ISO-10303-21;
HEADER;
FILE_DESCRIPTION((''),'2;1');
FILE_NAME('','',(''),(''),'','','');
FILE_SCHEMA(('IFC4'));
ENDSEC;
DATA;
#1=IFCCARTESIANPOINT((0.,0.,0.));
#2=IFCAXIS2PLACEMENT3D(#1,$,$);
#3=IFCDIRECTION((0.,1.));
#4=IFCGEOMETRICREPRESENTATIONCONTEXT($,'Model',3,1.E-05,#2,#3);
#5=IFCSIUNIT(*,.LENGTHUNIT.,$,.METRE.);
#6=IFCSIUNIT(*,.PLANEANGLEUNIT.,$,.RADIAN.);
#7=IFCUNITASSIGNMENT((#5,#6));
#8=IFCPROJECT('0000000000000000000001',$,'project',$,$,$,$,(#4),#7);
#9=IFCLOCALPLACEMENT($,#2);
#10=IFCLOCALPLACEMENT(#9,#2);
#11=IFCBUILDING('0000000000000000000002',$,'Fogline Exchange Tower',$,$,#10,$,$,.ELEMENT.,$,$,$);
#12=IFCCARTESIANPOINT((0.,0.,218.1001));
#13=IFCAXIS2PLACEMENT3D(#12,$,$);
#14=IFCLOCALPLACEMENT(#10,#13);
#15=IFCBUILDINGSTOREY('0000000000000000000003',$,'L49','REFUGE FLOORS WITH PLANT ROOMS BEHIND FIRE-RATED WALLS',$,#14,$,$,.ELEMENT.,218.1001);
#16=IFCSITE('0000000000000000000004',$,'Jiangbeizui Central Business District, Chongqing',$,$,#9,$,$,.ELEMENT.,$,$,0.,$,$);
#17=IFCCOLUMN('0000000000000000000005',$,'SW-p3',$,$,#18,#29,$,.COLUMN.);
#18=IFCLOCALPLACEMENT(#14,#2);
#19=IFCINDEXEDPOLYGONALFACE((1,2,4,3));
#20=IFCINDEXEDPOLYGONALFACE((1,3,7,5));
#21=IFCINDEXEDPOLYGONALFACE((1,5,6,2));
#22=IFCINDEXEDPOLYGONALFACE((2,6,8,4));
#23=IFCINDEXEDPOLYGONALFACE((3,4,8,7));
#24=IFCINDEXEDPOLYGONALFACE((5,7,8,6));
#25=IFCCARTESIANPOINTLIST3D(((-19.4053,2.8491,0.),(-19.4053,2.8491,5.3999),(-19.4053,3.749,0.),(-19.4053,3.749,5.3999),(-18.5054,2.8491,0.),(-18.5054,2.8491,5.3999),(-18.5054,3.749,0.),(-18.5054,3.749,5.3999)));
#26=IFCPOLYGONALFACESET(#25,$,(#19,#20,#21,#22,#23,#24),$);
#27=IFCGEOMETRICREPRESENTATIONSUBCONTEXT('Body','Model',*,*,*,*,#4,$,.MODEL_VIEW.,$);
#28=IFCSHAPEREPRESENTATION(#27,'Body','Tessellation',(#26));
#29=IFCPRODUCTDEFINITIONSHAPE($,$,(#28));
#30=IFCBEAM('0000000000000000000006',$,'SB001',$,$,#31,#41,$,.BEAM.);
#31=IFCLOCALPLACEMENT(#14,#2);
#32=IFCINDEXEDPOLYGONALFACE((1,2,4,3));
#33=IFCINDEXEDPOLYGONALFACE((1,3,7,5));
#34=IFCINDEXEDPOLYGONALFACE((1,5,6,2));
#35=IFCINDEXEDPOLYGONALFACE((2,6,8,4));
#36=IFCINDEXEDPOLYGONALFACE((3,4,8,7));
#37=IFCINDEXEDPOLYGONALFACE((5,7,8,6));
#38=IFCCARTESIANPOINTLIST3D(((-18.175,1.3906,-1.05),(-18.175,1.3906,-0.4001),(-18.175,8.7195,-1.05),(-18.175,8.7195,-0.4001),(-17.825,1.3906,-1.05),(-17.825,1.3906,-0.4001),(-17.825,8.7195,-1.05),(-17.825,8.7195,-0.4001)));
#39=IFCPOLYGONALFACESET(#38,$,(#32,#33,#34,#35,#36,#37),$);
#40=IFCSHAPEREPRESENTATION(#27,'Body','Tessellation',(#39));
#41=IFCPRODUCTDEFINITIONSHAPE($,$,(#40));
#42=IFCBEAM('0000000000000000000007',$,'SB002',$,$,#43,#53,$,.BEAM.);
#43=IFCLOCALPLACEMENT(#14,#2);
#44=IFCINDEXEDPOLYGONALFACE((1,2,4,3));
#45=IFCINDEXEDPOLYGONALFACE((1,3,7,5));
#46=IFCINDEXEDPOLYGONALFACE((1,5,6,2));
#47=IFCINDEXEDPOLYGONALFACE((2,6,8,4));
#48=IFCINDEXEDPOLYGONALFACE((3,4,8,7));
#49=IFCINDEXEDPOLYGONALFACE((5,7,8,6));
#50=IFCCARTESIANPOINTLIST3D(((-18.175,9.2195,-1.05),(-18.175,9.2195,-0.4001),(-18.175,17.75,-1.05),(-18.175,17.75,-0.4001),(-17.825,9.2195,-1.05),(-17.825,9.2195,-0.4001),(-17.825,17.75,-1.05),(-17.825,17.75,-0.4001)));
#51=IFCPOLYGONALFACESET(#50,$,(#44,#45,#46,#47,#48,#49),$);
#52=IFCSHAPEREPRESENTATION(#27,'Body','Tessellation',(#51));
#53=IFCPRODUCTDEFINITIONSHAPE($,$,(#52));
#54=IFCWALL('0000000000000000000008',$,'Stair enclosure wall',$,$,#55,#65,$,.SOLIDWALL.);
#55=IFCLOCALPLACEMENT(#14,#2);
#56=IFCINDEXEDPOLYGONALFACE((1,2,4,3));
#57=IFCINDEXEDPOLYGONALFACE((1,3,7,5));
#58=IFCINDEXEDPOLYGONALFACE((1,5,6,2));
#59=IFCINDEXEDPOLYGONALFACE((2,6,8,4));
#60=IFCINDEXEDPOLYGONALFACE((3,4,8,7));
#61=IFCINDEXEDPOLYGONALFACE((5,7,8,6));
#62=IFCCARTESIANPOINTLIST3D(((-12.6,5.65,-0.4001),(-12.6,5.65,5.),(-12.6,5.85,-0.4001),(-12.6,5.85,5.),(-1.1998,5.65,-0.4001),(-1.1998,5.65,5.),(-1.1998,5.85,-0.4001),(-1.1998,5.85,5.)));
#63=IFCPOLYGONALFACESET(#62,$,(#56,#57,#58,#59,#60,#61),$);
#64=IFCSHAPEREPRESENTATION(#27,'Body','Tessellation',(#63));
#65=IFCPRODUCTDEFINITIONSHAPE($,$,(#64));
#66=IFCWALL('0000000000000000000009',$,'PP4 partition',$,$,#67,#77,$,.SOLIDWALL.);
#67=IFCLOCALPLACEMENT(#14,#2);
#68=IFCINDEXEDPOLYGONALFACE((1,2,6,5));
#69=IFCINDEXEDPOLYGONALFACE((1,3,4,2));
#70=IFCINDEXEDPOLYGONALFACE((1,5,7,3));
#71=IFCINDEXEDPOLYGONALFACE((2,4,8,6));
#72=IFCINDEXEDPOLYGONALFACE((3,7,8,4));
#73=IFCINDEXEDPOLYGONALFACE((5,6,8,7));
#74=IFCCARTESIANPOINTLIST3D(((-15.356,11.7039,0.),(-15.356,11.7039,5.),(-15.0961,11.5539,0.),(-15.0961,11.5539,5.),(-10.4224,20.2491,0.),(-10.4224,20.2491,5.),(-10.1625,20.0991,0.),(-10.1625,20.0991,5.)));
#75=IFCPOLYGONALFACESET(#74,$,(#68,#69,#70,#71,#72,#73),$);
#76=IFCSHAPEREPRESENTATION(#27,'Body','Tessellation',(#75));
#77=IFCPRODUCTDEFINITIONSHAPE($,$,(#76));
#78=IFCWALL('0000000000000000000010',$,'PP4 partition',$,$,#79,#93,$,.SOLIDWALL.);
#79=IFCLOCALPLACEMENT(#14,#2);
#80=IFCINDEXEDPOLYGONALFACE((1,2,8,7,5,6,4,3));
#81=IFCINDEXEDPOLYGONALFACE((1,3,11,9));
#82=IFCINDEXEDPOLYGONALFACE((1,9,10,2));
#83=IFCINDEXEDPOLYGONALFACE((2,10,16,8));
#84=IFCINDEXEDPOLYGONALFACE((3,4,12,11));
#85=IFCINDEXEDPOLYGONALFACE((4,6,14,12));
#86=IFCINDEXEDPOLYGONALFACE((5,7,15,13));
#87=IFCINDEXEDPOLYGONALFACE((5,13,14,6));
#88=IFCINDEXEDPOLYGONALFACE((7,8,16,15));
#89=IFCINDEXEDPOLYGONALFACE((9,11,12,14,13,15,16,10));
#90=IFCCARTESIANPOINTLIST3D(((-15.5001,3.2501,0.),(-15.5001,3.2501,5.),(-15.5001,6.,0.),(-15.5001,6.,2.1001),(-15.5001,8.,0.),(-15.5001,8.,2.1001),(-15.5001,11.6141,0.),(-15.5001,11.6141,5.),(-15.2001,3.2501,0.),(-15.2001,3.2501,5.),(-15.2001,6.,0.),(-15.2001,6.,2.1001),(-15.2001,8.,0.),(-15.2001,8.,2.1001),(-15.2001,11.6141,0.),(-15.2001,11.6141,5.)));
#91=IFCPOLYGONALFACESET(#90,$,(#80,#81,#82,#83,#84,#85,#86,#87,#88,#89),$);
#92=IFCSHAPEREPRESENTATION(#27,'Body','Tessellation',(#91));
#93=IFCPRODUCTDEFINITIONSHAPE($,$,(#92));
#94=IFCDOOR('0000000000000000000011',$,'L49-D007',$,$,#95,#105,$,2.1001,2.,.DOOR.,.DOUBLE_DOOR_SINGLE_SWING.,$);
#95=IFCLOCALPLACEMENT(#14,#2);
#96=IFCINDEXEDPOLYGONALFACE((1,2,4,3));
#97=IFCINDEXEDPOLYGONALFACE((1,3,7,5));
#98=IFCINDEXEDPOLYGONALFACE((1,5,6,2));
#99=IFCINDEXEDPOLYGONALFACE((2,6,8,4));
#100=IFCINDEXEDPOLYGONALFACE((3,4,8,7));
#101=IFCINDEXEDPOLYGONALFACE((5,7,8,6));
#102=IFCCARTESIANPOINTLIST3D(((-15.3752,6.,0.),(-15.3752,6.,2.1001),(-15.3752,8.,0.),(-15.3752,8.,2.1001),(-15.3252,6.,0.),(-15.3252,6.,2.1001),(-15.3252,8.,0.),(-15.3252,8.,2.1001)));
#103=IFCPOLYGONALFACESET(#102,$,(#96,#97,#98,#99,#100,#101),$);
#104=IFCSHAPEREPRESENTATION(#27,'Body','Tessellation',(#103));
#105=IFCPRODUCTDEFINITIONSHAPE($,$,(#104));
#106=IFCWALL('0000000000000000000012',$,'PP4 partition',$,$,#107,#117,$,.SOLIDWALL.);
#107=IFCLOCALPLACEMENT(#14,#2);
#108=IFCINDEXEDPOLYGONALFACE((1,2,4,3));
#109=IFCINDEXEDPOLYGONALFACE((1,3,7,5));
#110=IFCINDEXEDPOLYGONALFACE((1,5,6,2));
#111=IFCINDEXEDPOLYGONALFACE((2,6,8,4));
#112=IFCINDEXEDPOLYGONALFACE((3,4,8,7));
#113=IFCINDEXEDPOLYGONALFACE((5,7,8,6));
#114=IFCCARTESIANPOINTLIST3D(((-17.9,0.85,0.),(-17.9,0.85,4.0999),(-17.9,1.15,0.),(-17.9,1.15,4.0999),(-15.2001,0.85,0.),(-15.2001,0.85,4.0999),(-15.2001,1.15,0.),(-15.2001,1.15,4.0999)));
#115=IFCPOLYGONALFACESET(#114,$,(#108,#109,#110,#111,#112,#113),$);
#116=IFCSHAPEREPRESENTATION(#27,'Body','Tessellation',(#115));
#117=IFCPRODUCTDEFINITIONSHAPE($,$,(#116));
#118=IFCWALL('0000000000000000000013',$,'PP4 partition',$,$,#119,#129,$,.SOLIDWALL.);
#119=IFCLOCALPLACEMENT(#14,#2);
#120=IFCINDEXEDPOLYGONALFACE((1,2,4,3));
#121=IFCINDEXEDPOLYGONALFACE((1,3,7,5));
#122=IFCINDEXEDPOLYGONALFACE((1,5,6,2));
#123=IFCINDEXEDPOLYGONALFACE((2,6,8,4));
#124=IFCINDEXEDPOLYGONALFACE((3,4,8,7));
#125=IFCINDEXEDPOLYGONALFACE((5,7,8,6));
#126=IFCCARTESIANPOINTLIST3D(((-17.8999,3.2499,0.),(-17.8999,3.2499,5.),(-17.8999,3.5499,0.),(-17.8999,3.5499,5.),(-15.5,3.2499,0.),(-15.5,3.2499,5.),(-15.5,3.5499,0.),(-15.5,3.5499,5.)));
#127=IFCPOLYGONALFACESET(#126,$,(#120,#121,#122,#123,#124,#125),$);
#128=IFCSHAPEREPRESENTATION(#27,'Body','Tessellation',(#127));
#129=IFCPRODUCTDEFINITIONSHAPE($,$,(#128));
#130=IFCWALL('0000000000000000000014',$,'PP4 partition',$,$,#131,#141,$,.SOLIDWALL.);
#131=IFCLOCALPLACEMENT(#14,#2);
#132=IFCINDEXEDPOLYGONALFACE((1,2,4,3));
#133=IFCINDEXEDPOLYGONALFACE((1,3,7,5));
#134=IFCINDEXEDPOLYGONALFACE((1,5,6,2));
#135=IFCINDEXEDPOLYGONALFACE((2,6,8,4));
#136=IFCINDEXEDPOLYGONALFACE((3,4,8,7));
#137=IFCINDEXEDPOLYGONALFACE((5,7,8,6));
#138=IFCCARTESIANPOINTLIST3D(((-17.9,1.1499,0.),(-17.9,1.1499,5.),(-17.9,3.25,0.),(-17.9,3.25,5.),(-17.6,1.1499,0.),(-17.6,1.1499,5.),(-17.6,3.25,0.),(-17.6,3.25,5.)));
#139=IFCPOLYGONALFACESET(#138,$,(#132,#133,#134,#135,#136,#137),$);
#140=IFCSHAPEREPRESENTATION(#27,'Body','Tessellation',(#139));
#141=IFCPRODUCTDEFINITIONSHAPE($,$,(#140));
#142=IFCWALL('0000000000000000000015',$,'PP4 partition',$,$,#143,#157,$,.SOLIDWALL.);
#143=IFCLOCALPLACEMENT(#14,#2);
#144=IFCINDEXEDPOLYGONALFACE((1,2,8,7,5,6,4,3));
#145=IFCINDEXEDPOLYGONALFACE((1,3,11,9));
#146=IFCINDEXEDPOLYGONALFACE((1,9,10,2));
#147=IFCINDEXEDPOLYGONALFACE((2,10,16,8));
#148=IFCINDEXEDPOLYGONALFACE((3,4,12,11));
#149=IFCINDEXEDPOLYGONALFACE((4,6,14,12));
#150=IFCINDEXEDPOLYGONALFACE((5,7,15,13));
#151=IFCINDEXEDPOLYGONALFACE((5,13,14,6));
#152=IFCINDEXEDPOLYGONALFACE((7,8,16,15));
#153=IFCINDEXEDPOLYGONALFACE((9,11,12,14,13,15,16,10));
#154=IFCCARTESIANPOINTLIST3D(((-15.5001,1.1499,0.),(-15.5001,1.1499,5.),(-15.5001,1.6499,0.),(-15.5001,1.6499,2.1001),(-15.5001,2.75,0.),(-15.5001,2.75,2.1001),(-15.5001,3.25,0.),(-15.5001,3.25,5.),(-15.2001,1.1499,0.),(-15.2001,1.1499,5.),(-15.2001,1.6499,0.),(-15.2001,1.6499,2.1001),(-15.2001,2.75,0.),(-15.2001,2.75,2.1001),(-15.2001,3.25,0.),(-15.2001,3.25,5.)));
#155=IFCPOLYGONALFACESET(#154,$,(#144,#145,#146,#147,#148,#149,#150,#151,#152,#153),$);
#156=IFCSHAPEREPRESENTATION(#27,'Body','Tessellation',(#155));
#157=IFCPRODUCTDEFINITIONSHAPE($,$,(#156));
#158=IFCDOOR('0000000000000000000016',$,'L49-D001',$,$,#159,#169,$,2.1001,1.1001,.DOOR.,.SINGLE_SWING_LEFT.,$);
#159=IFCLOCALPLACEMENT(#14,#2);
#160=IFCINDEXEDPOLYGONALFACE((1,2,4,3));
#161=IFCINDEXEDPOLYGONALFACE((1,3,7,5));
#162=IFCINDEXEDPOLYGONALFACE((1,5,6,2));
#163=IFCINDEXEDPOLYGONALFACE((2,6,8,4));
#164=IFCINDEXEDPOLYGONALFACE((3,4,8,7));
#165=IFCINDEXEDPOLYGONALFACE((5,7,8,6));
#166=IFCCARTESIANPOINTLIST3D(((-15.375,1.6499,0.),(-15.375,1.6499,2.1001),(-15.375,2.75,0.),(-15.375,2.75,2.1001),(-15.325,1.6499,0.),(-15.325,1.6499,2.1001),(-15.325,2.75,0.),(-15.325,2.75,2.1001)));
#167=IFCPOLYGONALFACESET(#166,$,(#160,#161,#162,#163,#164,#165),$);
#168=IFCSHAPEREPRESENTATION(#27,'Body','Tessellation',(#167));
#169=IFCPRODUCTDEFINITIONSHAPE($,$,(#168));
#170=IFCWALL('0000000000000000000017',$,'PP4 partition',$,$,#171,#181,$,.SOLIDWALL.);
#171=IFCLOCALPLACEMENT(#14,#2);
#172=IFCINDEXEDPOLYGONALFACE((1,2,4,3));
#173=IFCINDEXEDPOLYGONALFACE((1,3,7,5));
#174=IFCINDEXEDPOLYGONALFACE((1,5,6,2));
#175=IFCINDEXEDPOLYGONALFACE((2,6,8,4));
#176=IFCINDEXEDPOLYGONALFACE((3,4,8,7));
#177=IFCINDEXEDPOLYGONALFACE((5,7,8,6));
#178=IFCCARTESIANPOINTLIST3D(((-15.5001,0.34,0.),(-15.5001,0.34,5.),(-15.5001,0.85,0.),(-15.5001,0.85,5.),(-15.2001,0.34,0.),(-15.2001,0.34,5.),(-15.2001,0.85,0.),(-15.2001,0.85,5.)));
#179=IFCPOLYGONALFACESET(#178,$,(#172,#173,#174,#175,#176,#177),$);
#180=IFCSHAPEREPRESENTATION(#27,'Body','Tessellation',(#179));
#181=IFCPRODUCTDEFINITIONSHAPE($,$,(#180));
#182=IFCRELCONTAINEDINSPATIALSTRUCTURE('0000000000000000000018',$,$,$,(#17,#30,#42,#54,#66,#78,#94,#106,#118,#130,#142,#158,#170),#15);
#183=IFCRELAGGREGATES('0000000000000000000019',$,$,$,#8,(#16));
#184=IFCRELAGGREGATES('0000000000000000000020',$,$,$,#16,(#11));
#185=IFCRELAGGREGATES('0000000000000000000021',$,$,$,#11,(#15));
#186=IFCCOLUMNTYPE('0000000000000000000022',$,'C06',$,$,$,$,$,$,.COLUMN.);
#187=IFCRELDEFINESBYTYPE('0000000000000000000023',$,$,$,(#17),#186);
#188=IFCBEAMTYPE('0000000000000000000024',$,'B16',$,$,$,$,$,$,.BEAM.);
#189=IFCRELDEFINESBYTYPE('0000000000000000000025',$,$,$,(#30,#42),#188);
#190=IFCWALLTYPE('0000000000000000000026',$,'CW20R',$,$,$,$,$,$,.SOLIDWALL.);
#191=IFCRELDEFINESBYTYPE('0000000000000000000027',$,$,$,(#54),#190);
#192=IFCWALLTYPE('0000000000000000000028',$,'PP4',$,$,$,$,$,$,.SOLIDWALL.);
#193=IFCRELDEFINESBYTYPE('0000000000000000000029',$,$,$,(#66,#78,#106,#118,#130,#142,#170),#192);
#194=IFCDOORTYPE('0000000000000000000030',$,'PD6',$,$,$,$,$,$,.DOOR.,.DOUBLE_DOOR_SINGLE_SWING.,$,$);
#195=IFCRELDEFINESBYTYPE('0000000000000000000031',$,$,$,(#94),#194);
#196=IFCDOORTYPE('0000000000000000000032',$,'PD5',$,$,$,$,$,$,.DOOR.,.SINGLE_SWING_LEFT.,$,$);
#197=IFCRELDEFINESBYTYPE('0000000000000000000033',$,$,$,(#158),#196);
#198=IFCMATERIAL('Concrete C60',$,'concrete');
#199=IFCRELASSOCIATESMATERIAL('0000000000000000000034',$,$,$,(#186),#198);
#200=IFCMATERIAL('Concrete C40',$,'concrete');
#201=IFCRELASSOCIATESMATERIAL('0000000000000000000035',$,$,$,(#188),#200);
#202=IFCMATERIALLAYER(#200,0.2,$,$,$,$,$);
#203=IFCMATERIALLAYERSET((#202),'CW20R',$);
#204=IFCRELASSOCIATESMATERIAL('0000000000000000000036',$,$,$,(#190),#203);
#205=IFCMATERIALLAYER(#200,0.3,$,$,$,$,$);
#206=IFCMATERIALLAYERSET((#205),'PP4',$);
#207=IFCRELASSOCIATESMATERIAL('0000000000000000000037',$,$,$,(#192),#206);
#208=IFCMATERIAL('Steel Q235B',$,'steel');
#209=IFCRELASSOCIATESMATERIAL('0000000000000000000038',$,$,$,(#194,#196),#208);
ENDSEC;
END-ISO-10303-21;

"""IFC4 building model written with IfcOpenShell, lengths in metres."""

from ifc_helpers import new_model, si_unit, direction, frame, frame_2d, origin, origin_2d, place, context, subcontext, project, spatial, rectangle, extrude, material, layer, layer_set, material_profile, profile_set, type_object, element, fill, save


model = new_model("IFC4")

# Units and contexts
model_context = context("Model", 3, precision=1e-05, world=origin(), true_north=direction((0.0, 1.0)))
body_context = subcontext(model_context, "Body", "Model", "MODEL_VIEW")
ifc_project = project(units=[si_unit("LENGTHUNIT", "METRE"), si_unit("PLANEANGLEUNIT", "RADIAN")], contexts=[model_context])

# Site, building, storey
site_placement = place(None, origin())
site = spatial("IfcSite", under=ifc_project, at=site_placement, Name="Jiangbeizui Central Business District, Chongqing", CompositionType="ELEMENT", RefElevation=0.0)
building_placement = place(site_placement, origin())
building = spatial("IfcBuilding", under=site, at=building_placement, Name="Fogline Exchange Tower", CompositionType="ELEMENT")
storey_placement = place(building_placement, frame((0.0, 0.0, 218.1001)))
storey = spatial("IfcBuildingStorey", under=building, at=storey_placement, Name="L49", Description="REFUGE FLOORS WITH PLANT ROOMS BEHIND FIRE-RATED WALLS", CompositionType="ELEMENT", Elevation=218.1001)

# Column
ifc_material_1 = material(Name="Concrete C60", Category="concrete")
ifc_material_profile_1 = material_profile(ifc_material_1, rectangle(XDim=0.8999, YDim=0.8999, at=origin_2d()), Name="RC 900x900")
ifc_profile_set_1 = profile_set([ifc_material_profile_1], Name="Concrete C60")
column_type = type_object("IfcColumnType", Name="C06", PredefinedType="COLUMN", material=ifc_profile_set_1)
column_placement = place(storey_placement, frame((-18.9553, 3.2991, 0.0), z_axis=(0.0, 0.0, 1.0), x_axis=(1.0, 0.0, 0.0)))
element("IfcColumn", 1, at=column_placement, inside=storey, type_object=column_type, Name="SW-p3", PredefinedType="COLUMN", context=body_context, shape_type="SweptSolid", body=[
    extrude(rectangle(XDim=0.8999, YDim=0.8999, at=origin_2d()), origin(), (0.0, 0.0, 1.0), 5.3999),
])

# Beams
ifc_material_2 = material(Name="Concrete C40", Category="concrete")
ifc_material_profile_2 = material_profile(ifc_material_2, rectangle(XDim=0.3501, YDim=0.6499, at=origin_2d()), Name="RC 350x650")
ifc_profile_set_2 = profile_set([ifc_material_profile_2], Name="Concrete C40")
beam_type = type_object("IfcBeamType", Name="B16", PredefinedType="BEAM", material=ifc_profile_set_2)
beam_1_placement = place(storey_placement, frame((-18.0, 1.3906, -0.7251), z_axis=(0.0, 1.0, 0.0), x_axis=(-1.0, 0.0, 0.0)))
element("IfcBeam", 2, at=beam_1_placement, inside=storey, type_object=beam_type, Name="SB001", PredefinedType="BEAM", context=body_context, shape_type="SweptSolid", body=[
    extrude(rectangle(XDim=0.3501, YDim=0.6499, at=origin_2d()), origin(), (0.0, 0.0, 1.0), 7.3289),
])
beam_2_placement = place(storey_placement, frame((-18.0, 9.2195, -0.7251), z_axis=(0.0, 1.0, 0.0), x_axis=(-1.0, 0.0, 0.0)))
element("IfcBeam", 3, at=beam_2_placement, inside=storey, type_object=beam_type, Name="SB002", PredefinedType="BEAM", context=body_context, shape_type="SweptSolid", body=[
    extrude(rectangle(XDim=0.3501, YDim=0.6499, at=origin_2d()), origin(), (0.0, 0.0, 1.0), 8.5305),
])

# Walls
ifc_layer_1 = layer(ifc_material_2, 0.2)
ifc_layer_set_1 = layer_set([ifc_layer_1], Name="CW20R")
wall_type_1 = type_object("IfcWallType", Name="CW20R", PredefinedType="SOLIDWALL", material=ifc_layer_set_1)
wall_1_placement = place(storey_placement, frame((-12.6001, 5.75, -0.4001), z_axis=(0.0, 0.0, 1.0), x_axis=(1.0, 0.0, 0.0)))
element("IfcWall", 4, at=wall_1_placement, inside=storey, type_object=wall_type_1, Name="Stair enclosure wall", PredefinedType="SOLIDWALL", context=body_context, shape_type="SweptSolid", body=[
    extrude(rectangle(XDim=11.4001, YDim=0.2, at=frame_2d((5.7002, 0.0))), origin(), (0.0, 0.0, 1.0), 5.4001),
])
ifc_layer_2 = layer(ifc_material_2, 0.3)
ifc_layer_set_2 = layer_set([ifc_layer_2], Name="PP4")
wall_type_2 = type_object("IfcWallType", Name="PP4", PredefinedType="SOLIDWALL", material=ifc_layer_set_2)
wall_2_placement = place(storey_placement, frame((-15.2261, 11.6289, 0.0), z_axis=(0.0, 0.0, 1.0), x_axis=(0.500003, 0.866024, 0.0)))
element("IfcWall", 5, at=wall_2_placement, inside=storey, type_object=wall_type_2, Name="PP4 partition", PredefinedType="SOLIDWALL", context=body_context, shape_type="SweptSolid", body=[
    extrude(rectangle(XDim=9.8672, YDim=0.3, at=frame_2d((4.9336, 0.0))), origin(), (0.0, 0.0, 1.0), 5.0),
])

# Wall, opening, door
wall_3_placement = place(storey_placement, frame((-15.3501, 3.25, 0.0), z_axis=(0.0, 0.0, 1.0), x_axis=(0.0, 1.0, 0.0)))
wall_3 = element("IfcWall", 6, at=wall_3_placement, inside=storey, type_object=wall_type_2, Name="PP4 partition", PredefinedType="SOLIDWALL", context=body_context, shape_type="SweptSolid", body=[
    extrude(rectangle(XDim=8.364, YDim=0.3, at=frame_2d((4.1821, 0.0))), origin(), (0.0, 0.0, 1.0), 5.0),
])
opening_1_placement = place(wall_3_placement, frame((2.75, 0.0, 0.0)))
opening_1 = element("IfcOpeningElement", 7, at=opening_1_placement, cuts=wall_3, PredefinedType="OPENING", context=body_context, shape_type="SweptSolid", body=[
    extrude(rectangle(XDim=2.0, YDim=2.1001, at=frame_2d((1.0, 1.05))), frame((0.0, 0.1602, 0.0), z_axis=(0.0, -1.0, 0.0), x_axis=(1.0, 0.0, 0.0)), (0.0, 0.0, 1.0), 0.3201),
])
ifc_material_3 = material(Name="Steel Q235B", Category="steel")
door_type_1 = type_object("IfcDoorType", Name="PD6", OperationType="DOUBLE_DOOR_SINGLE_SWING", PredefinedType="DOOR", material=ifc_material_3)
door_1_placement = place(opening_1_placement, frame((2.0, 0.0, 0.0), z_axis=(0.0, 0.0, 1.0), x_axis=(-1.0, 0.0, 0.0)))
door_1 = element("IfcDoor", 8, at=door_1_placement, inside=storey, type_object=door_type_1, Name="L49-D007", OperationType="DOUBLE_DOOR_SINGLE_SWING", OverallHeight=2.1001, OverallWidth=2.0, PredefinedType="DOOR", context=body_context, shape_type="SweptSolid", body=[
    extrude(rectangle(XDim=2.0, YDim=2.1001, at=frame_2d((1.0, 1.05))), frame((0.0, 0.0249, 0.0), z_axis=(0.0, -1.0, 0.0), x_axis=(1.0, 0.0, 0.0)), (0.0, 0.0, 1.0), 0.05),
])
fill(opening_1, door_1)

# Walls
wall_4_placement = place(storey_placement, frame((-15.2, 1.0, 0.0), z_axis=(0.0, 0.0, 1.0), x_axis=(-1.0, 0.0, 0.0)))
element("IfcWall", 9, at=wall_4_placement, inside=storey, type_object=wall_type_2, Name="PP4 partition", PredefinedType="SOLIDWALL", context=body_context, shape_type="SweptSolid", body=[
    extrude(rectangle(XDim=2.7, YDim=0.3, at=frame_2d((1.3501, 0.0))), origin(), (0.0, 0.0, 1.0), 4.0999),
])
wall_5_placement = place(storey_placement, frame((-17.8999, 3.3999, 0.0), z_axis=(0.0, 0.0, 1.0), x_axis=(1.0, 0.0, 0.0)))
element("IfcWall", 10, at=wall_5_placement, inside=storey, type_object=wall_type_2, Name="PP4 partition", PredefinedType="SOLIDWALL", context=body_context, shape_type="SweptSolid", body=[
    extrude(rectangle(XDim=2.3999, YDim=0.3, at=frame_2d((1.2, 0.0))), origin(), (0.0, 0.0, 1.0), 5.0),
])
wall_6_placement = place(storey_placement, frame((-17.75, 1.1499, 0.0), z_axis=(0.0, 0.0, 1.0), x_axis=(0.0, 1.0, 0.0)))
element("IfcWall", 11, at=wall_6_placement, inside=storey, type_object=wall_type_2, Name="PP4 partition", PredefinedType="SOLIDWALL", context=body_context, shape_type="SweptSolid", body=[
    extrude(rectangle(XDim=2.1001, YDim=0.3, at=frame_2d((1.05, 0.0))), origin(), (0.0, 0.0, 1.0), 5.0),
])

# Wall, opening, door
wall_7_placement = place(storey_placement, frame((-15.3501, 1.1499, 0.0), z_axis=(0.0, 0.0, 1.0), x_axis=(0.0, 1.0, 0.0)))
wall_7 = element("IfcWall", 12, at=wall_7_placement, inside=storey, type_object=wall_type_2, Name="PP4 partition", PredefinedType="SOLIDWALL", context=body_context, shape_type="SweptSolid", body=[
    extrude(rectangle(XDim=2.1001, YDim=0.3, at=frame_2d((1.05, 0.0))), origin(), (0.0, 0.0, 1.0), 5.0),
])
opening_2_placement = place(wall_7_placement, frame((0.5, 0.0, 0.0)))
opening_2 = element("IfcOpeningElement", 13, at=opening_2_placement, cuts=wall_7, PredefinedType="OPENING", context=body_context, shape_type="SweptSolid", body=[
    extrude(rectangle(XDim=1.1001, YDim=2.1001, at=frame_2d((0.55, 1.05))), frame((0.0, 0.1602, 0.0), z_axis=(0.0, -1.0, 0.0), x_axis=(1.0, 0.0, 0.0)), (0.0, 0.0, 1.0), 0.3201),
])
door_type_2 = type_object("IfcDoorType", Name="PD5", OperationType="SINGLE_SWING_LEFT", PredefinedType="DOOR", material=ifc_material_3)
door_2_placement = place(opening_2_placement, origin())
door_2 = element("IfcDoor", 14, at=door_2_placement, inside=storey, type_object=door_type_2, Name="L49-D001", OperationType="SINGLE_SWING_LEFT", OverallHeight=2.1001, OverallWidth=1.1001, PredefinedType="DOOR", context=body_context, shape_type="SweptSolid", body=[
    extrude(rectangle(XDim=1.1001, YDim=2.1001, at=frame_2d((0.55, 1.05))), frame((0.0, 0.0249, 0.0), z_axis=(0.0, -1.0, 0.0), x_axis=(1.0, 0.0, 0.0)), (0.0, 0.0, 1.0), 0.05),
])
fill(opening_2, door_2)

# Wall
wall_8_placement = place(storey_placement, frame((-15.3501, 0.3401, 0.0), z_axis=(0.0, 0.0, 1.0), x_axis=(0.0, 1.0, 0.0)))
element("IfcWall", 15, at=wall_8_placement, inside=storey, type_object=wall_type_2, Name="PP4 partition", PredefinedType="SOLIDWALL", context=body_context, shape_type="SweptSolid", body=[
    extrude(rectangle(XDim=0.51, YDim=0.3, at=frame_2d((0.2549, 0.0))), origin(), (0.0, 0.0, 1.0), 5.0),
])

save(model, "model.ifc")
